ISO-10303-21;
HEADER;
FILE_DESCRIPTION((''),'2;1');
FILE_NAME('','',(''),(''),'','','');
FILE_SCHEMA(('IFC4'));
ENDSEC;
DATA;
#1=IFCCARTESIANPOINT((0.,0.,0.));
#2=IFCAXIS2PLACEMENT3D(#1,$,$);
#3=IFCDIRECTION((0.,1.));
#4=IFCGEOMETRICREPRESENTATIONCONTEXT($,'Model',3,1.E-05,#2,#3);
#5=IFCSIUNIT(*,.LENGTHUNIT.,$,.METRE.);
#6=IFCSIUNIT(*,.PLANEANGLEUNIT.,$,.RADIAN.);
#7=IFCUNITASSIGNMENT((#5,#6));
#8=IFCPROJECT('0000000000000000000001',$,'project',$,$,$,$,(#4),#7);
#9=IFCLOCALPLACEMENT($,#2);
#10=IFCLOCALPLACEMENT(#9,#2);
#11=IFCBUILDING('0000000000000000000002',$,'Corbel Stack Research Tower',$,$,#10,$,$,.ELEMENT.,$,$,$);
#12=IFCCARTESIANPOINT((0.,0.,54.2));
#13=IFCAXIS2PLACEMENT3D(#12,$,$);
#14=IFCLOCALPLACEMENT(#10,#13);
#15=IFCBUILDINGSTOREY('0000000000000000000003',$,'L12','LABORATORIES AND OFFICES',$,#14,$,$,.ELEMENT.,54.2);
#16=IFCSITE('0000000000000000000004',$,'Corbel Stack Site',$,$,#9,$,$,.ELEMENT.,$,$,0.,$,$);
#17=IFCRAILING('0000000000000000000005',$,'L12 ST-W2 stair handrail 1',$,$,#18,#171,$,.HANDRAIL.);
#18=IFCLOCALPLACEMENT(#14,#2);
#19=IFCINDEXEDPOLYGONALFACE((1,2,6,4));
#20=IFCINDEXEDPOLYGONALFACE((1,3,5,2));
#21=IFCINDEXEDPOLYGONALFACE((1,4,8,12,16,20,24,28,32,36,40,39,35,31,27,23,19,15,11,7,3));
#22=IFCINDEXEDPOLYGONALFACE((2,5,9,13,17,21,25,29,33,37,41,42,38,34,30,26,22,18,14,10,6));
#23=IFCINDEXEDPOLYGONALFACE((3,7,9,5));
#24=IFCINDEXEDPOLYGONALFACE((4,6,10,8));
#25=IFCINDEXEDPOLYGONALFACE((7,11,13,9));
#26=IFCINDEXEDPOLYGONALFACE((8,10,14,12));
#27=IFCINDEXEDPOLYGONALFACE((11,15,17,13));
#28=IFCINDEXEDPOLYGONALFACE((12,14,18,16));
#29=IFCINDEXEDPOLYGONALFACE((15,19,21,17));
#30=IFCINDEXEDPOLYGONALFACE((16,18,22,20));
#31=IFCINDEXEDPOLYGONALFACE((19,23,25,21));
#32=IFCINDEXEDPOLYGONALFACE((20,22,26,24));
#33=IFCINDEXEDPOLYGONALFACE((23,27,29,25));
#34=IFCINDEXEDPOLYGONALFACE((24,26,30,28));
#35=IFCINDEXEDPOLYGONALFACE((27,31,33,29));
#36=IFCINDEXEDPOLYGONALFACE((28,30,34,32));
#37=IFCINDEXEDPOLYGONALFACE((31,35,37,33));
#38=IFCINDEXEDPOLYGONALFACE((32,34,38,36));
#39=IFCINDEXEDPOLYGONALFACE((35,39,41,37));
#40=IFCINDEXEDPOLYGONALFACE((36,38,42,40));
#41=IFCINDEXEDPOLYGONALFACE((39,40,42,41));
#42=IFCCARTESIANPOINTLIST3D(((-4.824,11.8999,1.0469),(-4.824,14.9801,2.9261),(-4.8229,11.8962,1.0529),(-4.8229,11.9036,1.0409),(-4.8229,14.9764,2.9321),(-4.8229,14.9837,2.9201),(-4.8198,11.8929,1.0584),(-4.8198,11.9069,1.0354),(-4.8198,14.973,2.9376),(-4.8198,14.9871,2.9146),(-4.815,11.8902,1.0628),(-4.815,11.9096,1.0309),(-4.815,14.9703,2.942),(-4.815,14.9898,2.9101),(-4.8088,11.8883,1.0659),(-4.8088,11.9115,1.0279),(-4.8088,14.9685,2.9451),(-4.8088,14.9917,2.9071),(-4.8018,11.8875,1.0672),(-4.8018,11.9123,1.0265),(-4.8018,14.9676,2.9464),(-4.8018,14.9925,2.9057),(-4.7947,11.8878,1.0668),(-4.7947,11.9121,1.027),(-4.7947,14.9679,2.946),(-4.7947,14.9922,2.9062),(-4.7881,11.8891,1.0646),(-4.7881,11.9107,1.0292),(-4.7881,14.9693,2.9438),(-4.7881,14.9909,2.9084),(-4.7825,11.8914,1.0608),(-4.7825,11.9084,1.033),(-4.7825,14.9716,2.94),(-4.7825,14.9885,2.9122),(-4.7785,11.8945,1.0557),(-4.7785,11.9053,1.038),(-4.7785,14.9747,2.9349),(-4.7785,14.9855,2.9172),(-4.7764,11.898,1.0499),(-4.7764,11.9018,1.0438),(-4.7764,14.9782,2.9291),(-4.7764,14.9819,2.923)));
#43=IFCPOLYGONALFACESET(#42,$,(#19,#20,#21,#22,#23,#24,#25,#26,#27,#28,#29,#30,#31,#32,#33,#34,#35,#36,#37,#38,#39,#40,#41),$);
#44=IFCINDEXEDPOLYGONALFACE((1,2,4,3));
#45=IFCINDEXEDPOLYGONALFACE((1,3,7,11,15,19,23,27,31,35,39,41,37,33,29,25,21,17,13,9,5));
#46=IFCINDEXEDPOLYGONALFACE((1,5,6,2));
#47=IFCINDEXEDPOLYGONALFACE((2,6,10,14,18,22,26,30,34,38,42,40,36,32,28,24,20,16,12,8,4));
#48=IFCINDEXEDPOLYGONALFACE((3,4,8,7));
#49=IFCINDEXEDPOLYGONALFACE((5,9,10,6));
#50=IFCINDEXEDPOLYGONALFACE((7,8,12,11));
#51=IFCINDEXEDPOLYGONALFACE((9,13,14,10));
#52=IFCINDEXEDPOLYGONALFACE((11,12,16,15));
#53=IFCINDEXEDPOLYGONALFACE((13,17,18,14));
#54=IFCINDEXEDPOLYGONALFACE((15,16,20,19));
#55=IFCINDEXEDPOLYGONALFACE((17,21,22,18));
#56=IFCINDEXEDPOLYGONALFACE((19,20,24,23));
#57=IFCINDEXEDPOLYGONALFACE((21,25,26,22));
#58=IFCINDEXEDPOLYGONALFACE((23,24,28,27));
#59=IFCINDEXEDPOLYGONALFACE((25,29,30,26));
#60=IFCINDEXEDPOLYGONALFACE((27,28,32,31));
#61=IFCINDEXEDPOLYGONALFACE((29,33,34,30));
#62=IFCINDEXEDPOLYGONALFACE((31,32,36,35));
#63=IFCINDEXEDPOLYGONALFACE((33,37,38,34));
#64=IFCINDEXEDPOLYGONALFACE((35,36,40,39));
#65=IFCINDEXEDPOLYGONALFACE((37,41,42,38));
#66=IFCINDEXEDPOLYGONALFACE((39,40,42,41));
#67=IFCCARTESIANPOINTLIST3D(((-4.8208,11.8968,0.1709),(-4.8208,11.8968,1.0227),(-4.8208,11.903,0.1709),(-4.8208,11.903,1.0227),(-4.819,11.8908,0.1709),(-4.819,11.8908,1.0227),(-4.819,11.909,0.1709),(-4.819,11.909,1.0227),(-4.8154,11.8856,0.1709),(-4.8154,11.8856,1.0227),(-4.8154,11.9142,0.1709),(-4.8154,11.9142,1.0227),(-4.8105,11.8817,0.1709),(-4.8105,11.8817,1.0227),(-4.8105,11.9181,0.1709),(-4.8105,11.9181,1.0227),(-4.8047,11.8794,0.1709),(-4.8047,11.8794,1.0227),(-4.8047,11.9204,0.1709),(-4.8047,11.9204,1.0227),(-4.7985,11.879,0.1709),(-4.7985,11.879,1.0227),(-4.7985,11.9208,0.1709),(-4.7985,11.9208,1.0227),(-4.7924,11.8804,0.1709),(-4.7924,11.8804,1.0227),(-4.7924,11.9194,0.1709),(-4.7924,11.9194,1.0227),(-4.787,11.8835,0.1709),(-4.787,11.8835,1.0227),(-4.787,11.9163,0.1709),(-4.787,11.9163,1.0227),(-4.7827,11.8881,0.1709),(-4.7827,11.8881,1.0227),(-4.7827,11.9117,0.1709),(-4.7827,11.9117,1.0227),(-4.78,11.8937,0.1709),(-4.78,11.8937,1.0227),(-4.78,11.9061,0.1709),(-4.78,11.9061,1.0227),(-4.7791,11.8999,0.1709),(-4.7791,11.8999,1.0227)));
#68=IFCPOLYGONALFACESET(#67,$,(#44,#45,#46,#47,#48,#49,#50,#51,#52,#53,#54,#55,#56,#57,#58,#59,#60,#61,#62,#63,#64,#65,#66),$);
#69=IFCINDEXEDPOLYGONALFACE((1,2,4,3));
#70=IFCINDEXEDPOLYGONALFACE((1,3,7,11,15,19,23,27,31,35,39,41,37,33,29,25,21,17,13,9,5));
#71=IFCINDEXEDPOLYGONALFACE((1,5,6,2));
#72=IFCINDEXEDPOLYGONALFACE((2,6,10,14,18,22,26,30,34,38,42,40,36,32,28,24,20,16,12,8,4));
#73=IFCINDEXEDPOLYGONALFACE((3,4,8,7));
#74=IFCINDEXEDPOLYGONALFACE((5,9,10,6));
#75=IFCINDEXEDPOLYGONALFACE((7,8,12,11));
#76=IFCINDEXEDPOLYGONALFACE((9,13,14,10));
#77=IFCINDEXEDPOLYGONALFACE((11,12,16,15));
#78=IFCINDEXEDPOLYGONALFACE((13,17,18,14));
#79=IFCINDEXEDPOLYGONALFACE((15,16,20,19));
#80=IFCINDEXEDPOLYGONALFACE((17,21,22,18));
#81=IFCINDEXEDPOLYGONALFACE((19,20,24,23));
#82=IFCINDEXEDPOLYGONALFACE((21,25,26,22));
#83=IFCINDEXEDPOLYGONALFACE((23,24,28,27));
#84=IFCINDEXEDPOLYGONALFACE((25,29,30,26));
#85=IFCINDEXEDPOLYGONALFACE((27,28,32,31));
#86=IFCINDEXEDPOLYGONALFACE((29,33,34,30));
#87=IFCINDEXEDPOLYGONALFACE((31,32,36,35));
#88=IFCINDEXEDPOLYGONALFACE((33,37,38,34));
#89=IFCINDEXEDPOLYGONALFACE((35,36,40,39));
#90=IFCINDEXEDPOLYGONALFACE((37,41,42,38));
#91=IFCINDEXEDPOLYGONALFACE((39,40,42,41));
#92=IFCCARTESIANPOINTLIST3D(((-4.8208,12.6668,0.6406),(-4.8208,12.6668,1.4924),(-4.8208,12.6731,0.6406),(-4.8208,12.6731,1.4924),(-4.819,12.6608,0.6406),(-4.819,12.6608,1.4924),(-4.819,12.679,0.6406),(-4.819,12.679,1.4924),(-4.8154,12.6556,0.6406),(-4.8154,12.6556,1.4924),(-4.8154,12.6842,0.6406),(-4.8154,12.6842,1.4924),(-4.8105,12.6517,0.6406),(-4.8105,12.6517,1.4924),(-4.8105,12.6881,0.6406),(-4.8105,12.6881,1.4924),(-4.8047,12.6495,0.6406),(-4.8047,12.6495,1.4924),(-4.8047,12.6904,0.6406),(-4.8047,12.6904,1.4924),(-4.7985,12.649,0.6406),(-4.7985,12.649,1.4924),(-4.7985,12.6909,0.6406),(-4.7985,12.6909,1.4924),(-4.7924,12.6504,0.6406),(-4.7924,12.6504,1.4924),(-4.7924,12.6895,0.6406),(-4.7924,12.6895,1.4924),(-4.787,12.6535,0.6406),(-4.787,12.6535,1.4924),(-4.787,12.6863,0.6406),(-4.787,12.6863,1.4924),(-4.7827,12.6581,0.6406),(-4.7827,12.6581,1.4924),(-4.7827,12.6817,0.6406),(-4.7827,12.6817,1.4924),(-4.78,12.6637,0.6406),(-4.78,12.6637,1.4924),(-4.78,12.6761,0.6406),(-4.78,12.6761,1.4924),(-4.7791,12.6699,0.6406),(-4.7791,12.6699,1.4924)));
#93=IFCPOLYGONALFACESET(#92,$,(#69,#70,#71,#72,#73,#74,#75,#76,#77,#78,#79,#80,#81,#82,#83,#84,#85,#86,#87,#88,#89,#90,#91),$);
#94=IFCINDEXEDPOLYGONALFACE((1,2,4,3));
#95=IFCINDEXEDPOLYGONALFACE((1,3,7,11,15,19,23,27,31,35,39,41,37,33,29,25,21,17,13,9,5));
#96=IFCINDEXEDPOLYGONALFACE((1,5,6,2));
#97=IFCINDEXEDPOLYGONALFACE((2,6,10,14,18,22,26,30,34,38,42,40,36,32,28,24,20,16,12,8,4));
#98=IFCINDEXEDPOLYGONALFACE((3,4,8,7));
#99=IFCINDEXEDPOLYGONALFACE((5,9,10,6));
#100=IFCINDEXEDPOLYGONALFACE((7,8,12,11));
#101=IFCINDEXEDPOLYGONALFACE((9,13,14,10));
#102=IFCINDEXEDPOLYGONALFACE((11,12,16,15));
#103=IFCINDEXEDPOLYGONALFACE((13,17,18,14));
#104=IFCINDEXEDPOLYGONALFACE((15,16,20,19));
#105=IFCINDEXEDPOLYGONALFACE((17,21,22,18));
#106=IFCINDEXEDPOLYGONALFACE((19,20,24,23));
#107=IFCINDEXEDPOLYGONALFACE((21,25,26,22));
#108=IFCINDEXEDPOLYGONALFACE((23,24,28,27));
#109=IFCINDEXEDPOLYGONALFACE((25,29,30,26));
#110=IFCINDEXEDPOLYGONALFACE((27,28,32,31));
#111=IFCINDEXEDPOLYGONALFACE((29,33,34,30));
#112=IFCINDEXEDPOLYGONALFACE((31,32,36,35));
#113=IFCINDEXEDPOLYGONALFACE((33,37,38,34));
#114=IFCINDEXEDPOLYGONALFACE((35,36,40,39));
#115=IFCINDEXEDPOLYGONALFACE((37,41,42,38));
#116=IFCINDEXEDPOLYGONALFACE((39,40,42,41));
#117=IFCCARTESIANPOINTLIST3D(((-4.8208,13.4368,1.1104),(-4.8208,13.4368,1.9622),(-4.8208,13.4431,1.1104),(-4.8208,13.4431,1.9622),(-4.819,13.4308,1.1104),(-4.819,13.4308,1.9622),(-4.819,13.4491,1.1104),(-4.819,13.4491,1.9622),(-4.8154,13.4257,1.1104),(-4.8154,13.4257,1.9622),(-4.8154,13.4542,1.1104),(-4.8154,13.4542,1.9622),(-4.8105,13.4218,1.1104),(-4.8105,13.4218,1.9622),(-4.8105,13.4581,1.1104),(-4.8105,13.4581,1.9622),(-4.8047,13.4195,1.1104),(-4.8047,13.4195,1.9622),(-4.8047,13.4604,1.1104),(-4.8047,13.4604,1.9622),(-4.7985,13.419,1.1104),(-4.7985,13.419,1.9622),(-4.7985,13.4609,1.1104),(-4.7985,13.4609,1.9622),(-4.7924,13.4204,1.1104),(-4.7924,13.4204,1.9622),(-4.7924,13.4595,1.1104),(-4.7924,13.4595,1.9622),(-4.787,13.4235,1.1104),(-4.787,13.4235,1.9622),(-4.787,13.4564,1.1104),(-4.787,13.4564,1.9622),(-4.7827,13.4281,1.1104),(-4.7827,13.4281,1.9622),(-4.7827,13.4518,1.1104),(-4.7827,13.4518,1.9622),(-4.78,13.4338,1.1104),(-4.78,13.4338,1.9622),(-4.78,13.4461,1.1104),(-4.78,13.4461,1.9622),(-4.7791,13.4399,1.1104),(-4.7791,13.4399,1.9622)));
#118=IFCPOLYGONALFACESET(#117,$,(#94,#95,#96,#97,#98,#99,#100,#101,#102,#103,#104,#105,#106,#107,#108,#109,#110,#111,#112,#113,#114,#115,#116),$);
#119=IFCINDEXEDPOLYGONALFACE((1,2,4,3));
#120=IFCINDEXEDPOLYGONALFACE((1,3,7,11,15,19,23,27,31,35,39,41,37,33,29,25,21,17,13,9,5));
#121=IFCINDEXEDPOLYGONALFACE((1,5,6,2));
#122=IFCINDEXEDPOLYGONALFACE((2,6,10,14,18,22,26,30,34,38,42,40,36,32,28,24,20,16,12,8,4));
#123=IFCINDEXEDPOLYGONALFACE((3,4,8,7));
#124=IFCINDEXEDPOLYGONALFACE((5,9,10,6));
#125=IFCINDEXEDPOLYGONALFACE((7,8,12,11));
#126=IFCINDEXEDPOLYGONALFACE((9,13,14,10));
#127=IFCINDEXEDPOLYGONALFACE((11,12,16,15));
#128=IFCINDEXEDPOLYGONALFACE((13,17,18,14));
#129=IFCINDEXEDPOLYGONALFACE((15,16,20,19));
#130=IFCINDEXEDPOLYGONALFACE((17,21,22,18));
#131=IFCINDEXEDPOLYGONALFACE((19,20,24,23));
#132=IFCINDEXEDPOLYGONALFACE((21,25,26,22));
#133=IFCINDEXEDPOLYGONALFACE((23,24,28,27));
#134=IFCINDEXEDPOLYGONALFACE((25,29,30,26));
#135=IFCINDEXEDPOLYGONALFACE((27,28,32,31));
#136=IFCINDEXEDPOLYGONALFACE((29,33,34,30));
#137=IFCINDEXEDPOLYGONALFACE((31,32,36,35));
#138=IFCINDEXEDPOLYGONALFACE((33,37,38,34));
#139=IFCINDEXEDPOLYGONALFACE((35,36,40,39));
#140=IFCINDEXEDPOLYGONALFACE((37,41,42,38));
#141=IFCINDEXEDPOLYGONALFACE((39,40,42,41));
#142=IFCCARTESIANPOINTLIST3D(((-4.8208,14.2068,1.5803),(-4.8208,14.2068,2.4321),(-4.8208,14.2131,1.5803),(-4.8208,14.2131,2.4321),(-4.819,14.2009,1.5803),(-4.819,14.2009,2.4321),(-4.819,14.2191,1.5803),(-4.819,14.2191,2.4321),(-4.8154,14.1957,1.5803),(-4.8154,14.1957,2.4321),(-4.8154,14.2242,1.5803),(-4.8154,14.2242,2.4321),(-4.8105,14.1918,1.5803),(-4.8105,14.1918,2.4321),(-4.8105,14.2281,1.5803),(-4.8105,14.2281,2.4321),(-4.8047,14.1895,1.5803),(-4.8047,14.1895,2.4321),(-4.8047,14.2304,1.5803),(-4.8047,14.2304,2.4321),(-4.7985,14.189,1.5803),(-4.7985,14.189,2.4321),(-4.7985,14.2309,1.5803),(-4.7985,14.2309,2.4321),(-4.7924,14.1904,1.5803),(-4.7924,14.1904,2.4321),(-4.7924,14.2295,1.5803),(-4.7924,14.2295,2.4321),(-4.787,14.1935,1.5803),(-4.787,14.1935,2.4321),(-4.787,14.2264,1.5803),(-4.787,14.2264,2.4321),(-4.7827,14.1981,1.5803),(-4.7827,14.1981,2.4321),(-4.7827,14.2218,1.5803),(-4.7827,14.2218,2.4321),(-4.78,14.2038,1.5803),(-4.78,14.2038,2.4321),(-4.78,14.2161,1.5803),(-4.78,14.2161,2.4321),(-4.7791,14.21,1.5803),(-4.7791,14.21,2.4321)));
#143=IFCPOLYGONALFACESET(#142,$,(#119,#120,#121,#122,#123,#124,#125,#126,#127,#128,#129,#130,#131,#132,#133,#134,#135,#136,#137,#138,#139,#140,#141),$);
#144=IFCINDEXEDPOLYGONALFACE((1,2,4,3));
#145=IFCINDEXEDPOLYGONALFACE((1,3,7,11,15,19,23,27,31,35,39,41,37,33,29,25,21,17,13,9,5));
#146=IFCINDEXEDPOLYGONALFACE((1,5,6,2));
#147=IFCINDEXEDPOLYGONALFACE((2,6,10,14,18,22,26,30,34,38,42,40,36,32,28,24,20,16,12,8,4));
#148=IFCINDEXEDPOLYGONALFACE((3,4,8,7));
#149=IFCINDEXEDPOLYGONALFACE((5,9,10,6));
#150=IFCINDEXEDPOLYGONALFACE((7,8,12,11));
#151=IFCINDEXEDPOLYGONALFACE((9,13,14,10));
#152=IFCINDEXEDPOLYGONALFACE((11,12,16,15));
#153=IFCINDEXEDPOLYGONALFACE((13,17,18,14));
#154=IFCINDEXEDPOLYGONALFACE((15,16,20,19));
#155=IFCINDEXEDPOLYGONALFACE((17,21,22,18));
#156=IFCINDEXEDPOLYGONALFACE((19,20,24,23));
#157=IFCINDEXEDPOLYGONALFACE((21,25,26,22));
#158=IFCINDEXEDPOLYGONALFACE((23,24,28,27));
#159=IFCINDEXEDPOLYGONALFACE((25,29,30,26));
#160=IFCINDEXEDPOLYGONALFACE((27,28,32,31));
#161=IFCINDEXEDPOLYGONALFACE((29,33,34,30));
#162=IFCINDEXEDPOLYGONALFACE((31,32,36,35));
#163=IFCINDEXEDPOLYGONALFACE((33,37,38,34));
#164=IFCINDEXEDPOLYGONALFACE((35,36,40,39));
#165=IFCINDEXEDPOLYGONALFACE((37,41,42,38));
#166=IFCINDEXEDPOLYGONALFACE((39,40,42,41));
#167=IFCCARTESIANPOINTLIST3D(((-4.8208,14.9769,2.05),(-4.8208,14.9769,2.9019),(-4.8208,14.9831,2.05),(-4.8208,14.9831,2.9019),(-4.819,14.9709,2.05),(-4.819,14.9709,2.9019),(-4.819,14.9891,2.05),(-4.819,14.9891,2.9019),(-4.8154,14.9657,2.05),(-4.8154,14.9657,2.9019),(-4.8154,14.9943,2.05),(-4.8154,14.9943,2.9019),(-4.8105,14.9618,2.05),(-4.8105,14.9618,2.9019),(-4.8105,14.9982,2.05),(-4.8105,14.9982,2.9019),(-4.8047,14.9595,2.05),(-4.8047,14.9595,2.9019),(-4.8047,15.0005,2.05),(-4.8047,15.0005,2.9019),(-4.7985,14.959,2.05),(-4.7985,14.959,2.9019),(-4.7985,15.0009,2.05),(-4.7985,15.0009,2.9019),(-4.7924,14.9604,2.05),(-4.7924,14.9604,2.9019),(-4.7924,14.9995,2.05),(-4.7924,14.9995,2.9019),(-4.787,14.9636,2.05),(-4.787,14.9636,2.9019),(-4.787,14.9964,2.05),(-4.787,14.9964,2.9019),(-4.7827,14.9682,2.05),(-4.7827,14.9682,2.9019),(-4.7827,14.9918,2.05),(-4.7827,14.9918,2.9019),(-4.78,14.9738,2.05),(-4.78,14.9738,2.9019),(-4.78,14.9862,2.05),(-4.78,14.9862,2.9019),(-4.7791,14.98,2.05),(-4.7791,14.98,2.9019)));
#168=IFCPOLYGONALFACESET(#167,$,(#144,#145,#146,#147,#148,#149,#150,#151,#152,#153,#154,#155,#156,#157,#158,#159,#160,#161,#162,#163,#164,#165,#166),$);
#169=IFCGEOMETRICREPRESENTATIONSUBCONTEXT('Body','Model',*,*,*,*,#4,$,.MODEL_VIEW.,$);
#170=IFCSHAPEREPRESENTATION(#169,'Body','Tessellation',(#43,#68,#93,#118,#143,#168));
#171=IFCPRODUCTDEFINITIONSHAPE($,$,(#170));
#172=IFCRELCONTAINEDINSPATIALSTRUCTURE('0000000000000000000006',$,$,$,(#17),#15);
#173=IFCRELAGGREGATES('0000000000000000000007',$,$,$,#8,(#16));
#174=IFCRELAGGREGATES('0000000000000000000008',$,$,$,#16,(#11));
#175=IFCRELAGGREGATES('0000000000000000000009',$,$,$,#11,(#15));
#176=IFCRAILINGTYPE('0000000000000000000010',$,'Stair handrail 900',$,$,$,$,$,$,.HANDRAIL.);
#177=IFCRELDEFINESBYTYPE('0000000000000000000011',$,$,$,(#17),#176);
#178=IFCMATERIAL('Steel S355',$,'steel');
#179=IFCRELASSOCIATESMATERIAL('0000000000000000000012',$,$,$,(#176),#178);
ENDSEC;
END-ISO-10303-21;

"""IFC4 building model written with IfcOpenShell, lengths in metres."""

from ifc_helpers import new_model, si_unit, direction, frame, origin, origin_2d, place, context, subcontext, project, spatial, circle, extrude, material, type_object, element, save


model = new_model("IFC4")

# Units and contexts
model_context = context("Model", 3, precision=1e-05, world=origin(), true_north=direction((0.0, 1.0)))
body_context = subcontext(model_context, "Body", "Model", "MODEL_VIEW")
ifc_project = project(units=[si_unit("LENGTHUNIT", "METRE"), si_unit("PLANEANGLEUNIT", "RADIAN")], contexts=[model_context])

# Site, building, storey
site_placement = place(None, origin())
site = spatial("IfcSite", under=ifc_project, at=site_placement, Name="Corbel Stack Site", CompositionType="ELEMENT", RefElevation=0.0)
building_placement = place(site_placement, origin())
building = spatial("IfcBuilding", under=site, at=building_placement, Name="Corbel Stack Research Tower", CompositionType="ELEMENT")
storey_placement = place(building_placement, frame((0.0, 0.0, 54.2)))
storey = spatial("IfcBuildingStorey", under=building, at=storey_placement, Name="L12", Description="LABORATORIES AND OFFICES", CompositionType="ELEMENT", Elevation=54.2)

# Railing
ifc_material_1 = material(Name="Steel S355", Category="steel")
railing_type_1 = type_object("IfcRailingType", Name="Stair handrail 900", PredefinedType="HANDRAIL", material=ifc_material_1)
railing_1_placement = place(storey_placement, frame((-4.8, 11.8999, 0.1709)))
element("IfcRailing", 1, at=railing_1_placement, inside=storey, type_object=railing_type_1, Name="L12 ST-W2 stair handrail 1", PredefinedType="HANDRAIL", context=body_context, shape_type="SweptSolid", body=[
    extrude(circle(Radius=0.0239, at=origin_2d()), frame((0.0, 0.0, 0.876), z_axis=(0.0, 0.853666, 0.52082), x_axis=(-1.0, 0.0, 0.0)), (0.0, 0.0, 1.0), 3.6082),
    extrude(circle(Radius=0.021, at=origin_2d()), origin(), (0.0, 0.0, 1.0), 0.8518),
    extrude(circle(Radius=0.021, at=origin_2d()), frame((0.0, 0.77, 0.4697)), (0.0, 0.0, 1.0), 0.8518),
    extrude(circle(Radius=0.021, at=origin_2d()), frame((0.0, 1.54, 0.9395)), (0.0, 0.0, 1.0), 0.8518),
    extrude(circle(Radius=0.021, at=origin_2d()), frame((0.0, 2.3101, 1.4094)), (0.0, 0.0, 1.0), 0.8518),
    extrude(circle(Radius=0.021, at=origin_2d()), frame((0.0, 3.0801, 1.8792)), (0.0, 0.0, 1.0), 0.8518),
])

save(model, "model.ifc")
